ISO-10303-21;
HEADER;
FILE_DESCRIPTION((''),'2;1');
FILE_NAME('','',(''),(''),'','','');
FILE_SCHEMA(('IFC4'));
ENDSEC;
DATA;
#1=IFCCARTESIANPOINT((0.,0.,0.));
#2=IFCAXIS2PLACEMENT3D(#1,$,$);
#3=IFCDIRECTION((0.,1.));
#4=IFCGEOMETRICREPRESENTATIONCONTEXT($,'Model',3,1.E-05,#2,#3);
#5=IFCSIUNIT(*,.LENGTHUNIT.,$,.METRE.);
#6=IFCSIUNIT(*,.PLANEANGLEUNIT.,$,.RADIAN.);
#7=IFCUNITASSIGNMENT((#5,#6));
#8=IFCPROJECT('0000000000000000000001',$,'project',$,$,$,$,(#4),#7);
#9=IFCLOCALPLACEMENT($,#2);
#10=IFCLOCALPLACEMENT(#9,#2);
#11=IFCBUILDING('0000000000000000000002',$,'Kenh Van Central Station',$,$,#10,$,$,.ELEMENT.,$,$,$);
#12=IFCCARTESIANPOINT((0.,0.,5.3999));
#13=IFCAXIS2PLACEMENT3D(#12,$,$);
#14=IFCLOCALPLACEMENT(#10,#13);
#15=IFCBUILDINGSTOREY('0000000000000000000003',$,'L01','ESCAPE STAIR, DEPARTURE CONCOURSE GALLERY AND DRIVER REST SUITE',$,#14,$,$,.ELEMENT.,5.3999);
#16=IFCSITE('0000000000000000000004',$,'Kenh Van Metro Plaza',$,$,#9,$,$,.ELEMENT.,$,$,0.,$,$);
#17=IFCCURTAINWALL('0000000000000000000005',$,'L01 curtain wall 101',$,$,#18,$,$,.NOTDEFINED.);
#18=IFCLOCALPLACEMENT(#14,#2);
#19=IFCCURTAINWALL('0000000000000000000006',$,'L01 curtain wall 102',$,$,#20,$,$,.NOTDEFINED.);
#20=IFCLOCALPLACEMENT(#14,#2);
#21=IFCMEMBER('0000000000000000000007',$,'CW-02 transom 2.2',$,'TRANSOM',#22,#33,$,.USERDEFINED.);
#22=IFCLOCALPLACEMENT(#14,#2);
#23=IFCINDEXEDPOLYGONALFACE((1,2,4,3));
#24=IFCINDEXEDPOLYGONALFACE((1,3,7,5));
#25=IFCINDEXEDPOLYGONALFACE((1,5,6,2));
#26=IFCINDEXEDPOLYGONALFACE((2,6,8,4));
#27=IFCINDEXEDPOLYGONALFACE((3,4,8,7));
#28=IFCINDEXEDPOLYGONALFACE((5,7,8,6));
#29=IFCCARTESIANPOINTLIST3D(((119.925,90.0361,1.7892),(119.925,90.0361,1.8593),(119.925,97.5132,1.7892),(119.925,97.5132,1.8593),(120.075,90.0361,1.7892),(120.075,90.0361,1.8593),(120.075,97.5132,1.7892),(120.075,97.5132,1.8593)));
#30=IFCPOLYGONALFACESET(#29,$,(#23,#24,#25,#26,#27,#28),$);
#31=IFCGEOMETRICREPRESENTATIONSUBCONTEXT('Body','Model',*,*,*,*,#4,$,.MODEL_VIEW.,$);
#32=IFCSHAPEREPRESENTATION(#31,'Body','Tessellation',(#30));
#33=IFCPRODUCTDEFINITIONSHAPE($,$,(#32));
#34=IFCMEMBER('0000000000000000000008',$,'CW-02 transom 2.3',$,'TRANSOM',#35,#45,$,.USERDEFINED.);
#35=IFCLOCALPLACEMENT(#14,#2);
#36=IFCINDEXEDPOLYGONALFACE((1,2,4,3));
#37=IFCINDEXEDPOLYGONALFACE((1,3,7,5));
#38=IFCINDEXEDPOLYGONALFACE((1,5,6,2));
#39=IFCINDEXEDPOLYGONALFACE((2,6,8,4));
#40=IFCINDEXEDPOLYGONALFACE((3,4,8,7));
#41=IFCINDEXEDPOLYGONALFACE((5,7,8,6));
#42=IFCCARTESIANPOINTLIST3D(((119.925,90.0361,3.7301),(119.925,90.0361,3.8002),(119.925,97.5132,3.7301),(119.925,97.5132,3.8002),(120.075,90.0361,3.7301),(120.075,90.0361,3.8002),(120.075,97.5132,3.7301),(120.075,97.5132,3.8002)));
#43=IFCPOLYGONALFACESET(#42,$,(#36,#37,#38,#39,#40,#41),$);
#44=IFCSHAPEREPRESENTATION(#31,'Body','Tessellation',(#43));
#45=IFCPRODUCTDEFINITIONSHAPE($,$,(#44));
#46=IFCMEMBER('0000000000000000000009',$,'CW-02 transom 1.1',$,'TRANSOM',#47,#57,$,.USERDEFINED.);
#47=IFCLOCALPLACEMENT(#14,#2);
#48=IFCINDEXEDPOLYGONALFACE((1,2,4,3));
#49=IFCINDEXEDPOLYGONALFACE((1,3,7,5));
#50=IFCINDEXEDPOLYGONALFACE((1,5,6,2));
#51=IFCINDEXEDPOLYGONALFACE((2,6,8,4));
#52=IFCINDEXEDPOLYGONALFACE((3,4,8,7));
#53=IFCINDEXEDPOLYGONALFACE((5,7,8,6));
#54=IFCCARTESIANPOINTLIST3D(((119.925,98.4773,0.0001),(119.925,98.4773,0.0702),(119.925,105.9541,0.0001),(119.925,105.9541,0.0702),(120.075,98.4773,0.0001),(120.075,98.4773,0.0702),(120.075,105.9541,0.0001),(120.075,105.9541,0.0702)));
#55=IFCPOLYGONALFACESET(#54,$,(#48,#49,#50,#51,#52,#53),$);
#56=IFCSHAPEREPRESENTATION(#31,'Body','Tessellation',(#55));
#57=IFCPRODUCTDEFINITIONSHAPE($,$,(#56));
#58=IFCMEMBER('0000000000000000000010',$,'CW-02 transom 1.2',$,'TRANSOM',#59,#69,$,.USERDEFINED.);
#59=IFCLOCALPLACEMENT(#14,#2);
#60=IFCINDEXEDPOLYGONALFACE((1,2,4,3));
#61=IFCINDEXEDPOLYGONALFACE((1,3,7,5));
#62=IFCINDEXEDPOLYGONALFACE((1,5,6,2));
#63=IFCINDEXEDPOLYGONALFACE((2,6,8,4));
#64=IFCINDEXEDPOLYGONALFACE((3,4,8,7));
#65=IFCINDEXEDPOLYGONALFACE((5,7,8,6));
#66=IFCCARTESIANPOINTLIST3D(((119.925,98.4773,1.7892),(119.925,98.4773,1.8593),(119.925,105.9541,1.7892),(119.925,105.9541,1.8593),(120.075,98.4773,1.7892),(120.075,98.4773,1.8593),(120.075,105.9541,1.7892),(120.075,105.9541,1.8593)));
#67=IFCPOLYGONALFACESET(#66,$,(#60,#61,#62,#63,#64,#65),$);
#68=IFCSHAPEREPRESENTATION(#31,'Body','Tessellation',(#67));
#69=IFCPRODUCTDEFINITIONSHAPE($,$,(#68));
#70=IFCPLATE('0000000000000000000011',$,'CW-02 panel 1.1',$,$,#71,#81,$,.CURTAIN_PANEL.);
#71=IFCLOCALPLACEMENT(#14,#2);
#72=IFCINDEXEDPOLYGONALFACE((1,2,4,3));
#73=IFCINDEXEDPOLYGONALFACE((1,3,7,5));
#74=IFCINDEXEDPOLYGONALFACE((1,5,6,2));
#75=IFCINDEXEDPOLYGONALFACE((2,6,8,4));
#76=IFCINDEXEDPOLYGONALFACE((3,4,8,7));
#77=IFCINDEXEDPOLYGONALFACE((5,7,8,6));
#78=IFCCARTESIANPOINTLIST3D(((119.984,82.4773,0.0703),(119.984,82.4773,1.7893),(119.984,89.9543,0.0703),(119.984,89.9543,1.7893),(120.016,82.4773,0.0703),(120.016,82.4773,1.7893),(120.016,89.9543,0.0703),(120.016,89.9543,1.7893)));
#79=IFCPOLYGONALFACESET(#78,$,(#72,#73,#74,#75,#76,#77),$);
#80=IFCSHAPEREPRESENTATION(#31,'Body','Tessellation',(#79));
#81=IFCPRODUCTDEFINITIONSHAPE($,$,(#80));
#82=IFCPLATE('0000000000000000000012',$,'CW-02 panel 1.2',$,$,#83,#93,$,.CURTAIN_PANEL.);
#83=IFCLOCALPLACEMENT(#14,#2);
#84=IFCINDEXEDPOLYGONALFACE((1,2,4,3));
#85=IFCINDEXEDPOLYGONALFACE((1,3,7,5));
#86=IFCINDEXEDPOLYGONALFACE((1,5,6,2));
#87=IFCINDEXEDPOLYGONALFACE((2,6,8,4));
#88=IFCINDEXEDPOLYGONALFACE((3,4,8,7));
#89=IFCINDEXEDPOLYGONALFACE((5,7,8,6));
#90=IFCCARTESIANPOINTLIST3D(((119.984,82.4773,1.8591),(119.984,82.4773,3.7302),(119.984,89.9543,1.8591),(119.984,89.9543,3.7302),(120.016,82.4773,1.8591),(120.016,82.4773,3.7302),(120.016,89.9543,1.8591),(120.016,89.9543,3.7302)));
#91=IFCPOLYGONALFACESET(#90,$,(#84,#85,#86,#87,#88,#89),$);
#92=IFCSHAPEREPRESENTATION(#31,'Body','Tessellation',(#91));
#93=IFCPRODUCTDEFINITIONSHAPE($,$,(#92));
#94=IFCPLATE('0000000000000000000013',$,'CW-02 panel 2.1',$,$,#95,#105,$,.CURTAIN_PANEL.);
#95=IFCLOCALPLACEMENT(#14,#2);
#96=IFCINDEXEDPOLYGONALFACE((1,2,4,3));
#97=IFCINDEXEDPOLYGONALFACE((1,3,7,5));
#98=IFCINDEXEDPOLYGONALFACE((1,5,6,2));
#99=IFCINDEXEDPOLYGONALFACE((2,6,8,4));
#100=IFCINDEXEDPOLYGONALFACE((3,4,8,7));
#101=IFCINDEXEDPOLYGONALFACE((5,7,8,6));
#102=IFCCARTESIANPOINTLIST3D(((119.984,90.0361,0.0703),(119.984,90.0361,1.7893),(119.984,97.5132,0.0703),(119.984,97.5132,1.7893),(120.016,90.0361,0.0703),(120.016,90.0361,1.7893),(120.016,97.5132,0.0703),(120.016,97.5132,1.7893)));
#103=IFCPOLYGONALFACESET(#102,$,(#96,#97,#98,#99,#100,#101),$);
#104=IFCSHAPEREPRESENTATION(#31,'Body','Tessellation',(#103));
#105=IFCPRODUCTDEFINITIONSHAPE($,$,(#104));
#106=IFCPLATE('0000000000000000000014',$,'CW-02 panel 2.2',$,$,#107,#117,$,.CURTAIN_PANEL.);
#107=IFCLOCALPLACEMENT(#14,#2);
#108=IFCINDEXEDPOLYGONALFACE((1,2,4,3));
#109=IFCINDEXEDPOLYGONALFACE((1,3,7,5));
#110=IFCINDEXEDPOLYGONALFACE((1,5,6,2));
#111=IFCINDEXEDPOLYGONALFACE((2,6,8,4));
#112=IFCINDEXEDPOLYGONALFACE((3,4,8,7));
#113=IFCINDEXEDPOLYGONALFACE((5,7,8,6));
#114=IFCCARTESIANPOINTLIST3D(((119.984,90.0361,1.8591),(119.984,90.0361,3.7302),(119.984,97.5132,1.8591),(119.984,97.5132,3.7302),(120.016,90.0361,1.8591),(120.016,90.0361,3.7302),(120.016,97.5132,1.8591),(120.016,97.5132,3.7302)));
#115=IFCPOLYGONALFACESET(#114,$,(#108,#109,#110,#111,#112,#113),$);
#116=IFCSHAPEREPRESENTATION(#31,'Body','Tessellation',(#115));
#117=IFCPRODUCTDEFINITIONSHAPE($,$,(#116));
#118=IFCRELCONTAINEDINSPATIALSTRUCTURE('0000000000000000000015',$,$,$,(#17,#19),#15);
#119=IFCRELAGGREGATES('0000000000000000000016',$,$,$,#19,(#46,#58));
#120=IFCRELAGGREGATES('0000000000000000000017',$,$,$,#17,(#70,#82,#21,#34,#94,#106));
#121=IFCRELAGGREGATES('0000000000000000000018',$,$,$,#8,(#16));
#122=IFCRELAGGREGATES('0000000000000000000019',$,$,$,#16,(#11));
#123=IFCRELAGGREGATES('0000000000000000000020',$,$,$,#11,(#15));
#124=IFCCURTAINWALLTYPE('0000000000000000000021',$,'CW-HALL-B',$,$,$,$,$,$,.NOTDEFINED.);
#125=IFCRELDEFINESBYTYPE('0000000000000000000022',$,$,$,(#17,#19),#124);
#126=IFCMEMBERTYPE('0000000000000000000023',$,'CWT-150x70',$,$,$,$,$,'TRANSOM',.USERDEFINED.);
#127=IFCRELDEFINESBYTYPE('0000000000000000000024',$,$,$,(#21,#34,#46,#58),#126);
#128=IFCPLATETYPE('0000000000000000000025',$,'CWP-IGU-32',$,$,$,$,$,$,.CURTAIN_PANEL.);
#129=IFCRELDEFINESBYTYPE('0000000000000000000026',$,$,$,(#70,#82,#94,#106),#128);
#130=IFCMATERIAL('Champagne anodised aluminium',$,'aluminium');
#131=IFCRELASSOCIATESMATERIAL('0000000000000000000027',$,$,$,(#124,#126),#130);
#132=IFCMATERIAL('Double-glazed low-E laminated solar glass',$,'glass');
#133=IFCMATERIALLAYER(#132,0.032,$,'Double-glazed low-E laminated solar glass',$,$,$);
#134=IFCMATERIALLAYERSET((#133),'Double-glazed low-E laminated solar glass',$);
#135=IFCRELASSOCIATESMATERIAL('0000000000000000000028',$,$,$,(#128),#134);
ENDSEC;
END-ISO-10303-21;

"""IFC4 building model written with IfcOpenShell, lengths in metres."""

from ifc_helpers import new_model, si_unit, direction, frame, origin, origin_2d, place, context, subcontext, project, spatial, rectangle, extrude, material, layer, layer_set, material_profile, profile_set, type_object, element, aggregate, save


model = new_model("IFC4")

# Units and contexts
model_context = context("Model", 3, precision=1e-05, world=origin(), true_north=direction((0.0, 1.0)))
body_context = subcontext(model_context, "Body", "Model", "MODEL_VIEW")
ifc_project = project(units=[si_unit("LENGTHUNIT", "METRE"), si_unit("PLANEANGLEUNIT", "RADIAN")], contexts=[model_context])

# Site, building, storey
site_placement = place(None, origin())
site = spatial("IfcSite", under=ifc_project, at=site_placement, Name="Kenh Van Metro Plaza", CompositionType="ELEMENT", RefElevation=0.0)
building_placement = place(site_placement, origin())
building = spatial("IfcBuilding", under=site, at=building_placement, Name="Kenh Van Central Station", CompositionType="ELEMENT")
storey_placement = place(building_placement, frame((0.0, 0.0, 5.3999)))
storey = spatial("IfcBuildingStorey", under=building, at=storey_placement, Name="L01", Description="ESCAPE STAIR, DEPARTURE CONCOURSE GALLERY AND DRIVER REST SUITE", CompositionType="ELEMENT", Elevation=5.3999)

# Curtain wall
ifc_material_1 = material(Name="Champagne anodised aluminium", Category="aluminium")
curtain_wall_type = type_object("IfcCurtainWallType", Name="CW-HALL-B", PredefinedType="NOTDEFINED", material=ifc_material_1)
curtain_wall_1_placement = place(storey_placement, origin())
curtain_wall_1 = element("IfcCurtainWall", 1, at=curtain_wall_1_placement, inside=storey, type_object=curtain_wall_type, Name="L01 curtain wall 101", PredefinedType="NOTDEFINED")

# Curtain wall
curtain_wall_2_placement = place(storey_placement, origin())
curtain_wall_2 = element("IfcCurtainWall", 2, at=curtain_wall_2_placement, inside=storey, type_object=curtain_wall_type, Name="L01 curtain wall 102", PredefinedType="NOTDEFINED")

# Members
ifc_material_profile_1 = material_profile(ifc_material_1, rectangle(XDim=0.1499, YDim=0.0701, at=origin_2d()), Name="AL 150x70")
ifc_profile_set_1 = profile_set([ifc_material_profile_1], Name="Champagne anodised aluminium")
member_type_1 = type_object("IfcMemberType", Name="CWT-150x70", ElementType="TRANSOM", PredefinedType="USERDEFINED", material=ifc_profile_set_1)
member_1_placement = place(storey_placement, frame((120.0, 90.0361, 1.8242), z_axis=(0.0, 1.0, 0.0), x_axis=(-1.0, 0.0, 0.0)))
member_1 = element("IfcMember", 3, at=member_1_placement, type_object=member_type_1, Name="CW-02 transom 2.2", ObjectType="TRANSOM", PredefinedType="USERDEFINED", context=body_context, shape_type="SweptSolid", body=[
    extrude(rectangle(XDim=0.1499, YDim=0.0701, at=origin_2d()), origin(), (0.0, 0.0, 1.0), 7.4771),
])
member_2_placement = place(storey_placement, frame((120.0, 90.0361, 3.7651), z_axis=(0.0, 1.0, 0.0), x_axis=(-1.0, 0.0, 0.0)))
member_2 = element("IfcMember", 4, at=member_2_placement, type_object=member_type_1, Name="CW-02 transom 2.3", ObjectType="TRANSOM", PredefinedType="USERDEFINED", context=body_context, shape_type="SweptSolid", body=[
    extrude(rectangle(XDim=0.1499, YDim=0.0701, at=origin_2d()), origin(), (0.0, 0.0, 1.0), 7.4771),
])
member_3_placement = place(storey_placement, frame((120.0, 98.4773, 0.0352), z_axis=(0.0, 1.0, 0.0), x_axis=(-1.0, 0.0, 0.0)))
member_3 = element("IfcMember", 5, at=member_3_placement, type_object=member_type_1, Name="CW-02 transom 1.1", ObjectType="TRANSOM", PredefinedType="USERDEFINED", context=body_context, shape_type="SweptSolid", body=[
    extrude(rectangle(XDim=0.1499, YDim=0.0701, at=origin_2d()), origin(), (0.0, 0.0, 1.0), 7.4768),
])
member_4_placement = place(storey_placement, frame((120.0, 98.4773, 1.8242), z_axis=(0.0, 1.0, 0.0), x_axis=(-1.0, 0.0, 0.0)))
member_4 = element("IfcMember", 6, at=member_4_placement, type_object=member_type_1, Name="CW-02 transom 1.2", ObjectType="TRANSOM", PredefinedType="USERDEFINED", context=body_context, shape_type="SweptSolid", body=[
    extrude(rectangle(XDim=0.1499, YDim=0.0701, at=origin_2d()), origin(), (0.0, 0.0, 1.0), 7.4768),
])
aggregate(curtain_wall_2, [member_3, member_4])

# Plates
ifc_material_2 = material(Name="Double-glazed low-E laminated solar glass", Category="glass")
ifc_layer = layer(ifc_material_2, 0.032, Name="Double-glazed low-E laminated solar glass")
ifc_layer_set = layer_set([ifc_layer], Name="Double-glazed low-E laminated solar glass")
plate_type = type_object("IfcPlateType", Name="CWP-IGU-32", PredefinedType="CURTAIN_PANEL", material=ifc_layer_set)
plate_1_placement = place(storey_placement, frame((120.0, 86.2158, 0.0703), z_axis=(0.0, 0.0, 1.0), x_axis=(0.0, 1.0, 0.0)))
plate_1 = element("IfcPlate", 7, at=plate_1_placement, type_object=plate_type, Name="CW-02 panel 1.1", PredefinedType="CURTAIN_PANEL", context=body_context, shape_type="SweptSolid", body=[
    extrude(rectangle(XDim=7.4771, YDim=0.032, at=origin_2d()), origin(), (0.0, 0.0, 1.0), 1.719),
])
plate_2_placement = place(storey_placement, frame((120.0, 86.2158, 1.8591), z_axis=(0.0, 0.0, 1.0), x_axis=(0.0, 1.0, 0.0)))
plate_2 = element("IfcPlate", 8, at=plate_2_placement, type_object=plate_type, Name="CW-02 panel 1.2", PredefinedType="CURTAIN_PANEL", context=body_context, shape_type="SweptSolid", body=[
    extrude(rectangle(XDim=7.4771, YDim=0.032, at=origin_2d()), origin(), (0.0, 0.0, 1.0), 1.8711),
])
plate_3_placement = place(storey_placement, frame((120.0, 93.7747, 0.0703), z_axis=(0.0, 0.0, 1.0), x_axis=(0.0, 1.0, 0.0)))
plate_3 = element("IfcPlate", 9, at=plate_3_placement, type_object=plate_type, Name="CW-02 panel 2.1", PredefinedType="CURTAIN_PANEL", context=body_context, shape_type="SweptSolid", body=[
    extrude(rectangle(XDim=7.4771, YDim=0.032, at=origin_2d()), origin(), (0.0, 0.0, 1.0), 1.719),
])
plate_4_placement = place(storey_placement, frame((120.0, 93.7747, 1.8591), z_axis=(0.0, 0.0, 1.0), x_axis=(0.0, 1.0, 0.0)))
plate_4 = element("IfcPlate", 10, at=plate_4_placement, type_object=plate_type, Name="CW-02 panel 2.2", PredefinedType="CURTAIN_PANEL", context=body_context, shape_type="SweptSolid", body=[
    extrude(rectangle(XDim=7.4771, YDim=0.032, at=origin_2d()), origin(), (0.0, 0.0, 1.0), 1.8711),
])
aggregate(curtain_wall_1, [plate_1, plate_2, member_1, member_2, plate_3, plate_4])

save(model, "model.ifc")
